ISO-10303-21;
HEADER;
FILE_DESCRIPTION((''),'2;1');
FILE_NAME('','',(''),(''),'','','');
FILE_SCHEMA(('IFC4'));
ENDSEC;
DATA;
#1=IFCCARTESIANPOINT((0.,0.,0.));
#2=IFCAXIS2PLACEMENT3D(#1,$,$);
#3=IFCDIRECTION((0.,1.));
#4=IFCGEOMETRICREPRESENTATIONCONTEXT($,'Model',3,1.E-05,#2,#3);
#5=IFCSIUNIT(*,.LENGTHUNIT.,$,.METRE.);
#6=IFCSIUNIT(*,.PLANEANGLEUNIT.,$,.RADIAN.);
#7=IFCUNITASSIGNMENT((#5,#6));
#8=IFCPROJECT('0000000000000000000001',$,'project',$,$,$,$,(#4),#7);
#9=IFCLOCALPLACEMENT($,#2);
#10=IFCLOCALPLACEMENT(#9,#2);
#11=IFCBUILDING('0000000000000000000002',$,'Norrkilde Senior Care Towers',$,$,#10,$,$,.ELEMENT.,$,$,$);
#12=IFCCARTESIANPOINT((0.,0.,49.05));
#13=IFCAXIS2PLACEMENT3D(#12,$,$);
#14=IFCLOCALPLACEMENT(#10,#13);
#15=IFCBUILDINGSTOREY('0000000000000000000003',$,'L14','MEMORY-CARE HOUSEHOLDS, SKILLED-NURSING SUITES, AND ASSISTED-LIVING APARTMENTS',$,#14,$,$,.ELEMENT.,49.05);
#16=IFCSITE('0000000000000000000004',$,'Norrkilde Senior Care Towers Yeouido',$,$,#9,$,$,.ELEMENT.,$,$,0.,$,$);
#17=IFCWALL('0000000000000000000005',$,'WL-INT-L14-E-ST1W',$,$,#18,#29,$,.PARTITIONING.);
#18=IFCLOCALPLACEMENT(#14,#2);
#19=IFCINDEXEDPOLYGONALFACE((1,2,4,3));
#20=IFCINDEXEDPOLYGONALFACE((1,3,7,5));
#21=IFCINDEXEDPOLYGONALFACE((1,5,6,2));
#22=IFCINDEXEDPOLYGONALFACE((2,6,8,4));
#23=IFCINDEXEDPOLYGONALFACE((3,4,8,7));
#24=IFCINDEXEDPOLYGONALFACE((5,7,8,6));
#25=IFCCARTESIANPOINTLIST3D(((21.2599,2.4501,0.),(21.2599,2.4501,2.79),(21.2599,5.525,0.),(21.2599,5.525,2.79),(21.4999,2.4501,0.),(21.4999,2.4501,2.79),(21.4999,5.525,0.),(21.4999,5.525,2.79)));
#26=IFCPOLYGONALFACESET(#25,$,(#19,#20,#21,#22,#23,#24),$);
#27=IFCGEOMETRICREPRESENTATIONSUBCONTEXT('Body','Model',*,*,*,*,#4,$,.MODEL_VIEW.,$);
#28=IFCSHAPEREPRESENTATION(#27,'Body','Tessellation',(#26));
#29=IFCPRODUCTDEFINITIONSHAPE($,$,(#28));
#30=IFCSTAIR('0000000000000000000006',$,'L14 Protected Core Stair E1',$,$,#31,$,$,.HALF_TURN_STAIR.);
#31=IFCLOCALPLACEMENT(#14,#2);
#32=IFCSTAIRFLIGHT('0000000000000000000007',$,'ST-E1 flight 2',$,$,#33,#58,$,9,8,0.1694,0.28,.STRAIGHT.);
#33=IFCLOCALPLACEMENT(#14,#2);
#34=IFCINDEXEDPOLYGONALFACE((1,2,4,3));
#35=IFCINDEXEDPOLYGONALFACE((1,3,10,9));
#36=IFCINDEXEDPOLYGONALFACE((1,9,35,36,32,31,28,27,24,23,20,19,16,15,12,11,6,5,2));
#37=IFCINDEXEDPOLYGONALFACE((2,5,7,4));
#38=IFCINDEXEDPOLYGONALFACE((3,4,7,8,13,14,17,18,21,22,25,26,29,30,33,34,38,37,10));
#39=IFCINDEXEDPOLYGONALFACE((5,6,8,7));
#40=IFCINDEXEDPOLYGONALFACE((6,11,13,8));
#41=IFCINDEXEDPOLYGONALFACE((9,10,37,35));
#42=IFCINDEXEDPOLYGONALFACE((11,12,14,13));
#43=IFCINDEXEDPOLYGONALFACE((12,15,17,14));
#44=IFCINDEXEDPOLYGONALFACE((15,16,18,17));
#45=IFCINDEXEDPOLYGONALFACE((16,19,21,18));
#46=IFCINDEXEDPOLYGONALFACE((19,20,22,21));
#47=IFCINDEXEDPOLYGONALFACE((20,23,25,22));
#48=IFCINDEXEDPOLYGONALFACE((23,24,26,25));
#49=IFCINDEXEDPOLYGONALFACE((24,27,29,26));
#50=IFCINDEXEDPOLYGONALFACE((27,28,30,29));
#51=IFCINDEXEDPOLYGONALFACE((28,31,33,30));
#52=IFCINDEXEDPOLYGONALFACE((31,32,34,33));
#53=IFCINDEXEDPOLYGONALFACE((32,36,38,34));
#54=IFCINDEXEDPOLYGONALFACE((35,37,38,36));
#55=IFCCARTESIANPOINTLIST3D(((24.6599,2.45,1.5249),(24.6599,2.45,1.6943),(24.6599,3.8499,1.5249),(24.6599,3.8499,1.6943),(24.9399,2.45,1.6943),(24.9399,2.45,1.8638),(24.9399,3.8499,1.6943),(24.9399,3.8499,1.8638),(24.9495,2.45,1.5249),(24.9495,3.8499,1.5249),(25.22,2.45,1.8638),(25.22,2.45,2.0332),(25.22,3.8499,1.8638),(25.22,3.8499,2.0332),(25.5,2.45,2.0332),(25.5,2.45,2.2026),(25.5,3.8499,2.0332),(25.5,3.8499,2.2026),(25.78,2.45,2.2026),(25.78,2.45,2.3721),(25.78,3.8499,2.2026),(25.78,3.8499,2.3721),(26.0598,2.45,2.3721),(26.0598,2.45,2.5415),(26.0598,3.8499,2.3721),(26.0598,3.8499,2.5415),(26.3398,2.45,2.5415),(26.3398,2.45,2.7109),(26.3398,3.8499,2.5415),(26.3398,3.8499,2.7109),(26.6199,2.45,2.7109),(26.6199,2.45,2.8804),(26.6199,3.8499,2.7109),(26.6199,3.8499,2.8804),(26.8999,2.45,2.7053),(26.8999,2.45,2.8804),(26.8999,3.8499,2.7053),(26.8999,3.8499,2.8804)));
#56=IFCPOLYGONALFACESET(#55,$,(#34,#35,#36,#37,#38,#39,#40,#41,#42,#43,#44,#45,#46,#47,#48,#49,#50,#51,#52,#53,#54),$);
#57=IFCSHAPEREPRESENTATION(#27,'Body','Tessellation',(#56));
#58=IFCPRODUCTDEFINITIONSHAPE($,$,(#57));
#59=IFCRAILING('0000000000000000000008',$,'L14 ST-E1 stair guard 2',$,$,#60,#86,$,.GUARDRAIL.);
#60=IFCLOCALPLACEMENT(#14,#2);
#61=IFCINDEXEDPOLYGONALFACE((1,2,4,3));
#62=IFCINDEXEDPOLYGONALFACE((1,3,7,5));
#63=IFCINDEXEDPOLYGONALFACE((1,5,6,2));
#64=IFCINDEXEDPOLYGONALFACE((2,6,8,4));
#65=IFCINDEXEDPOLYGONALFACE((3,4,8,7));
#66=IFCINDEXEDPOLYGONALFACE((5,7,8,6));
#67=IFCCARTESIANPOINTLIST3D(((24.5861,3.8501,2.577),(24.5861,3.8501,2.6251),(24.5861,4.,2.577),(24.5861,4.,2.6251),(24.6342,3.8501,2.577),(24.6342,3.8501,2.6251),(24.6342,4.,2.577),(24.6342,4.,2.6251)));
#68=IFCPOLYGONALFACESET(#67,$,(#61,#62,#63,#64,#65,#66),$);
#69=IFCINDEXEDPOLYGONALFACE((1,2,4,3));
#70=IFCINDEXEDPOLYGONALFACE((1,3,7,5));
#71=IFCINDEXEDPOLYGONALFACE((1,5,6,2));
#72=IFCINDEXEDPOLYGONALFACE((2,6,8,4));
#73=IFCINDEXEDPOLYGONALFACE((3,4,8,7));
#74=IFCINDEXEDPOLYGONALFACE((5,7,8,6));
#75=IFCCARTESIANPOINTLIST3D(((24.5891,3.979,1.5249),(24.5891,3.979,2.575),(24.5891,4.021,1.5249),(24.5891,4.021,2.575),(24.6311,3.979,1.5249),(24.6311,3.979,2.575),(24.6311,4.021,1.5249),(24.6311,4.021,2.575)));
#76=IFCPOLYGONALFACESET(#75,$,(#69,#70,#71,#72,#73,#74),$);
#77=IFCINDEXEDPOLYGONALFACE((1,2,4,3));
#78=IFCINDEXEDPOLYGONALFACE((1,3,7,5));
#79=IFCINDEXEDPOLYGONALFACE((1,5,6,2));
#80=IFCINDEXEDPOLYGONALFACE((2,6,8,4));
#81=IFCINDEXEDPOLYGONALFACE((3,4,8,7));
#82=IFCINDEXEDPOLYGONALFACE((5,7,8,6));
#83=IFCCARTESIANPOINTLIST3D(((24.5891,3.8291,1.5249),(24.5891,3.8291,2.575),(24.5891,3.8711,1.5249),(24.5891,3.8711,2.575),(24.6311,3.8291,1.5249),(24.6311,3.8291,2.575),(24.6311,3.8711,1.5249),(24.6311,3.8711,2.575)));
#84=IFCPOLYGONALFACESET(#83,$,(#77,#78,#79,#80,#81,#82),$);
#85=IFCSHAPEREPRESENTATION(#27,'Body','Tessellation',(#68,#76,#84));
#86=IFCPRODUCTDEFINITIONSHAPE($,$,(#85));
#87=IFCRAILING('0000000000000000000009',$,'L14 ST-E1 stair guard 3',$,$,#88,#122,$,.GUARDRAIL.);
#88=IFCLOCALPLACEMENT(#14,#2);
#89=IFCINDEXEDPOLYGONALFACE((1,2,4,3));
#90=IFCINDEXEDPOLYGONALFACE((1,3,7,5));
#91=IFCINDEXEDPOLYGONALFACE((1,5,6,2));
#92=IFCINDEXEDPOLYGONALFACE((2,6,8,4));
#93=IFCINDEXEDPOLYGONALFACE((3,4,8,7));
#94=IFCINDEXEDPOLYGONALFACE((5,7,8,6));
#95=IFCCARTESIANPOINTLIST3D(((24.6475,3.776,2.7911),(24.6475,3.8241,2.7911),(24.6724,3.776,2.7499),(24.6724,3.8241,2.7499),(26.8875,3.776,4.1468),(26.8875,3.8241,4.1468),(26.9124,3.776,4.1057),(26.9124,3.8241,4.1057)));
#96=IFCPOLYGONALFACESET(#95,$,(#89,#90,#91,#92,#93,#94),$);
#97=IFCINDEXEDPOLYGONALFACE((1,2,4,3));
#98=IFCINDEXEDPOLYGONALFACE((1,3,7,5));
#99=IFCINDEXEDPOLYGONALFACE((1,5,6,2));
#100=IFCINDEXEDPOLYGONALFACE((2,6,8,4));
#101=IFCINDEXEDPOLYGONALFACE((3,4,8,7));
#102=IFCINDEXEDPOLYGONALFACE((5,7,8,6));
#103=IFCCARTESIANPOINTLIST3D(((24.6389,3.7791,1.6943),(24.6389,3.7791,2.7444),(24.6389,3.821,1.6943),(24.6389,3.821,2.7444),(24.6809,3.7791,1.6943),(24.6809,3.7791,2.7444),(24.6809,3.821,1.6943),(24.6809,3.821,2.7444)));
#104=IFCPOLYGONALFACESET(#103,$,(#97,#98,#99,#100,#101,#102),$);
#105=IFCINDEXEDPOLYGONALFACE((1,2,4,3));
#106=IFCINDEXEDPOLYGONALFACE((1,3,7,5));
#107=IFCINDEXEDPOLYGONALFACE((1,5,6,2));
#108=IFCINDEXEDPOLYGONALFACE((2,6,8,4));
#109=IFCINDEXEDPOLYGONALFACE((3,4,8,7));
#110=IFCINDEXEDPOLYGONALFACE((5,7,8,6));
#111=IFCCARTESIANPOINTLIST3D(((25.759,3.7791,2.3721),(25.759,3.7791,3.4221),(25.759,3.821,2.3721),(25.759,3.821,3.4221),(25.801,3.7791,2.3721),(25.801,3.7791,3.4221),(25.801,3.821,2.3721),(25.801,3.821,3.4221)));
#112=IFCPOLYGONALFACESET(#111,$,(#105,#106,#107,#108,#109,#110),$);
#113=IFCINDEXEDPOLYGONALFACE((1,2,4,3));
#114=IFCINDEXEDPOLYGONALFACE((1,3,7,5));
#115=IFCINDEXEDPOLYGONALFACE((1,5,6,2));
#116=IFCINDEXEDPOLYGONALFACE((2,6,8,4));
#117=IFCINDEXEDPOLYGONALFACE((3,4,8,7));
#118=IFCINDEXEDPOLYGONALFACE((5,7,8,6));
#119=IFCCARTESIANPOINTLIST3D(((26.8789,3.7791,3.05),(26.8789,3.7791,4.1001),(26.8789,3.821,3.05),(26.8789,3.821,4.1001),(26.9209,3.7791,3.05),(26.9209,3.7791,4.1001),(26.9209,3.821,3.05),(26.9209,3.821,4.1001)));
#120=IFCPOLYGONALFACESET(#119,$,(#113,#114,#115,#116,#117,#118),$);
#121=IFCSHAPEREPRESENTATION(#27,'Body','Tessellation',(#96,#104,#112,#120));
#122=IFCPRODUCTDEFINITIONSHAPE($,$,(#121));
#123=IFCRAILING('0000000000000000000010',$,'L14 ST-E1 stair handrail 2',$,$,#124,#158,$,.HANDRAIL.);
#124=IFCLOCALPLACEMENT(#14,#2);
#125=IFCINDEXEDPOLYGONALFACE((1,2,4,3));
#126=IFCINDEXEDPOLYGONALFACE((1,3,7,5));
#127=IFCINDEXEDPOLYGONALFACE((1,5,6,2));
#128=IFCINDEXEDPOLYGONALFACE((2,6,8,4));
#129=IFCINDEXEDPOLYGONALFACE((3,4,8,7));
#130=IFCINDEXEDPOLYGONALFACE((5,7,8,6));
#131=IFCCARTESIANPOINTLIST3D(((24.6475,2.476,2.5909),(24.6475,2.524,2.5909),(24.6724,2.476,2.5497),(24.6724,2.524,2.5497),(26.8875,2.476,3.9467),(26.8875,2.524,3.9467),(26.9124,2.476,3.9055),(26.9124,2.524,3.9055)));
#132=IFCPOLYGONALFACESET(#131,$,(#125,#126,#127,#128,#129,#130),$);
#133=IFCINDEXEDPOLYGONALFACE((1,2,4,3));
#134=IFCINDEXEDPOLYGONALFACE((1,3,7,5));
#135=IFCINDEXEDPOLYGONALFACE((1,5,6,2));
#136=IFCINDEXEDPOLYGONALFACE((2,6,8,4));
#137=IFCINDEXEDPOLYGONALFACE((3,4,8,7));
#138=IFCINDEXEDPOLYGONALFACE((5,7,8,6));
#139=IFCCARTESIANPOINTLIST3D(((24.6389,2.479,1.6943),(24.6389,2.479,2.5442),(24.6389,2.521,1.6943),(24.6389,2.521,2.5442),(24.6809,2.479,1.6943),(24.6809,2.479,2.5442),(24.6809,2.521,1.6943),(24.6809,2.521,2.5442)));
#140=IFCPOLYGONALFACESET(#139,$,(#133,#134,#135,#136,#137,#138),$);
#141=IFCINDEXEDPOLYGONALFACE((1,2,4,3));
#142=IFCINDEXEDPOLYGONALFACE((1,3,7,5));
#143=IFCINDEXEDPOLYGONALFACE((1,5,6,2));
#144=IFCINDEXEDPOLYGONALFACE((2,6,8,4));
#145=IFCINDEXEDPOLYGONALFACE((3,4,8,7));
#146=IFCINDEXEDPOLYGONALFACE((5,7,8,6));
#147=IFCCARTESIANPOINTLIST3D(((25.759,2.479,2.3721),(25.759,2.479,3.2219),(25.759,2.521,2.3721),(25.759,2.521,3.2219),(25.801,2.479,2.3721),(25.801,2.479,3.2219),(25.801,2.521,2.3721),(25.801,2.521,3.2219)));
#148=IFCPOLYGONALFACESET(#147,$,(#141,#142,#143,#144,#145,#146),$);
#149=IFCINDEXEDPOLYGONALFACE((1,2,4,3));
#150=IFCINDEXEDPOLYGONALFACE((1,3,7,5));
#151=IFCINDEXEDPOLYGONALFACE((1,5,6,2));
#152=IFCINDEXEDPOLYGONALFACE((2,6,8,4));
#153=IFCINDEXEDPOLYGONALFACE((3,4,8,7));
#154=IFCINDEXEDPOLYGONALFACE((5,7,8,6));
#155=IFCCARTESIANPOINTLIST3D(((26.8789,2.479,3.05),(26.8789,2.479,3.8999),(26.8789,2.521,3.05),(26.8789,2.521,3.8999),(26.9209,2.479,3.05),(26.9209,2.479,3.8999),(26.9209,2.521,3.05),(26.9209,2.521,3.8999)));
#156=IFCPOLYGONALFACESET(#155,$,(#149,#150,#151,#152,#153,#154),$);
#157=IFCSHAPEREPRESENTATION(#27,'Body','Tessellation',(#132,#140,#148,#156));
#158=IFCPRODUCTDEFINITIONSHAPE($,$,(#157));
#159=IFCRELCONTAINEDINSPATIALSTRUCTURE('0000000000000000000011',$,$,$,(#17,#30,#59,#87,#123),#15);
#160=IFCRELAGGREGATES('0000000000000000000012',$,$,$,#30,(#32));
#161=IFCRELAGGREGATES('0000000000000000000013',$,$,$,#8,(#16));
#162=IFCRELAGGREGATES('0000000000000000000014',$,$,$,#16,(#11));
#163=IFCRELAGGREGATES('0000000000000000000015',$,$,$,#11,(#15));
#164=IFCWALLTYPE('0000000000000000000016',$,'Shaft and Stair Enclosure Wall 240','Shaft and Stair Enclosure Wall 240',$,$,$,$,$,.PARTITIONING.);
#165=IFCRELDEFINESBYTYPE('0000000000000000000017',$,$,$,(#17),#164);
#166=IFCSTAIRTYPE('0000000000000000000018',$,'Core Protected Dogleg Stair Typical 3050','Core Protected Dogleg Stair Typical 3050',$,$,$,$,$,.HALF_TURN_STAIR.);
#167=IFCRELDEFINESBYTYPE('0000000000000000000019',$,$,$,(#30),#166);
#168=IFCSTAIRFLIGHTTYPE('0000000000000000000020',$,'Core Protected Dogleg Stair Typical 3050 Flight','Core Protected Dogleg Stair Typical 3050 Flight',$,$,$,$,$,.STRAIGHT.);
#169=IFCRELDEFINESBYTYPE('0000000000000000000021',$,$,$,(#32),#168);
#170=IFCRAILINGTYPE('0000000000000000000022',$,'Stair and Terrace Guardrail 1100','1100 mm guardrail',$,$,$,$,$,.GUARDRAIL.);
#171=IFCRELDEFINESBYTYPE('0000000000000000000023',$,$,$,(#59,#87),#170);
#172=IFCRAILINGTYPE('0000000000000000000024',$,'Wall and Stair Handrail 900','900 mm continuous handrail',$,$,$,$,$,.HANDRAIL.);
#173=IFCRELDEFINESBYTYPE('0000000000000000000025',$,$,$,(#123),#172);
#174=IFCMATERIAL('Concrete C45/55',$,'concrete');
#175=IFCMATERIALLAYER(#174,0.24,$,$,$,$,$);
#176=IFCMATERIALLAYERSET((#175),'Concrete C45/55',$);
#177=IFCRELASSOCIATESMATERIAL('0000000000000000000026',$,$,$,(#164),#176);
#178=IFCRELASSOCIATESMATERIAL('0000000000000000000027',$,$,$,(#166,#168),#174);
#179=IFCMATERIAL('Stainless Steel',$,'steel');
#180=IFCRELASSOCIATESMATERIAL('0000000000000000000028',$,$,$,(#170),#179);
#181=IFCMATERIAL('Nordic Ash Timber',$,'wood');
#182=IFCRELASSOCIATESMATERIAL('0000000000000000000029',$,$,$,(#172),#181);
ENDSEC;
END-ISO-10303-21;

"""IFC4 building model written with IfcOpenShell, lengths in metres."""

from ifc_helpers import new_model, si_unit, direction, frame, frame_2d, origin, origin_2d, place, context, subcontext, project, spatial, polyline, rectangle, outline, extrude, source, transform, mapped, material, layer, layer_set, type_object, element, aggregate, save


model = new_model("IFC4")

# Units and contexts
model_context = context("Model", 3, precision=1e-05, world=origin(), true_north=direction((0.0, 1.0)))
body_context = subcontext(model_context, "Body", "Model", "MODEL_VIEW")
ifc_project = project(units=[si_unit("LENGTHUNIT", "METRE"), si_unit("PLANEANGLEUNIT", "RADIAN")], contexts=[model_context])

# Site, building, storey
site_placement = place(None, origin())
site = spatial("IfcSite", under=ifc_project, at=site_placement, Name="Norrkilde Senior Care Towers Yeouido", CompositionType="ELEMENT", RefElevation=0.0)
building_placement = place(site_placement, origin())
building = spatial("IfcBuilding", under=site, at=building_placement, Name="Norrkilde Senior Care Towers", CompositionType="ELEMENT")
storey_placement = place(building_placement, frame((0.0, 0.0, 49.05)))
storey = spatial("IfcBuildingStorey", under=building, at=storey_placement, Name="L14", Description="MEMORY-CARE HOUSEHOLDS, SKILLED-NURSING SUITES, AND ASSISTED-LIVING APARTMENTS", CompositionType="ELEMENT", Elevation=49.05)

# Shared definitions
ifc_material_1 = material(Name="Concrete C45/55", Category="concrete")
ifc_material_2 = material(Name="Stainless Steel", Category="steel")

# Wall
ifc_layer_1 = layer(ifc_material_1, 0.24)
ifc_layer_set_1 = layer_set([ifc_layer_1], Name="Concrete C45/55")
wall_type_1 = type_object("IfcWallType", Name="Shaft and Stair Enclosure Wall 240", Description="Shaft and Stair Enclosure Wall 240", PredefinedType="PARTITIONING", material=ifc_layer_set_1)
shared_shape_1 = source(origin(), body_context, "Body", "SweptSolid", [
    extrude(rectangle(XDim=3.075, YDim=0.24, at=frame_2d((1.5376, 0.0))), origin(), (0.0, 0.0, 1.0), 2.79),
])
wall_1_placement = place(storey_placement, frame((21.3799, 2.45, 0.0), z_axis=(0.0, 0.0, 1.0), x_axis=(0.0, 1.0, 0.0)))
element("IfcWall", 1, at=wall_1_placement, inside=storey, type_object=wall_type_1, Name="WL-INT-L14-E-ST1W", PredefinedType="PARTITIONING", context=body_context, shape_type="MappedRepresentation", body=[
    mapped(shared_shape_1, transform((0.0, 0.0, 0.0), x_axis=(1.0, 0.0, 0.0), y_axis=(0.0, 1.0, 0.0), z_axis=(0.0, 0.0, 1.0), scale=1.0)),
])

# Stair, stair flight
stair_type = type_object("IfcStairType", Name="Core Protected Dogleg Stair Typical 3050", Description="Core Protected Dogleg Stair Typical 3050", PredefinedType="HALF_TURN_STAIR", material=ifc_material_1)
stair_placement = place(storey_placement, origin())
stair = element("IfcStair", 2, at=stair_placement, inside=storey, type_object=stair_type, Name="L14 Protected Core Stair E1", PredefinedType="HALF_TURN_STAIR")
stair_flight_type = type_object("IfcStairFlightType", Name="Core Protected Dogleg Stair Typical 3050 Flight", Description="Core Protected Dogleg Stair Typical 3050 Flight", PredefinedType="STRAIGHT", material=ifc_material_1)
stair_flight_placement = place(storey_placement, frame((24.6599, 3.1499, 1.5249), z_axis=(0.0, 0.0, 1.0), x_axis=(1.0, 0.0, 0.0)))
stair_flight = element("IfcStairFlight", 3, at=stair_flight_placement, type_object=stair_flight_type, Name="ST-E1 flight 2", NumberOfRisers=9, NumberOfTreads=8, PredefinedType="STRAIGHT", RiserHeight=0.1694, TreadLength=0.28, context=body_context, shape_type="SweptSolid", body=[
    extrude(outline(polyline([(0.0, 0.0), (0.0, 0.1694), (0.28, 0.1694), (0.28, 0.3389), (0.5601, 0.3389), (0.5601, 0.5083), (0.8401, 0.5083), (0.8401, 0.6777), (1.1201, 0.6777), (1.1201, 0.8472), (1.3999, 0.8472), (1.3999, 1.0166), (1.6799, 1.0166), (1.6799, 1.186), (1.96, 1.186), (1.96, 1.3555), (2.24, 1.3555), (2.24, 1.5249), (2.24, 1.1804), (0.2896, 0.0), (0.0, 0.0)])), frame((0.0, 0.7, 0.0), z_axis=(0.0, -1.0, 0.0), x_axis=(1.0, 0.0, 0.0)), (0.0, 0.0, 1.0), 1.3999),
])
aggregate(stair, [stair_flight])

# Railings
railing_type_1 = type_object("IfcRailingType", Name="Stair and Terrace Guardrail 1100", Description="1100 mm guardrail", PredefinedType="GUARDRAIL", material=ifc_material_2)
railing_1_placement = place(storey_placement, frame((24.6101, 4.0, 1.5249)))
element("IfcRailing", 4, at=railing_1_placement, inside=storey, type_object=railing_type_1, Name="L14 ST-E1 stair guard 2", PredefinedType="GUARDRAIL", context=body_context, shape_type="SweptSolid", body=[
    extrude(rectangle(XDim=0.0481, YDim=0.0481, at=origin_2d()), frame((0.0, 0.0, 1.0762), z_axis=(0.0, -1.0, 0.0), x_axis=(1.0, 0.0, 0.0)), (0.0, 0.0, 1.0), 0.1499),
    extrude(rectangle(XDim=0.042, YDim=0.042, at=origin_2d()), origin(), (0.0, 0.0, 1.0), 1.05),
    extrude(rectangle(XDim=0.042, YDim=0.042, at=origin_2d()), frame((0.0, -0.1499, 0.0)), (0.0, 0.0, 1.0), 1.05),
])
railing_2_placement = place(storey_placement, frame((24.6599, 3.8, 1.6943)))
element("IfcRailing", 5, at=railing_2_placement, inside=storey, type_object=railing_type_1, Name="L14 ST-E1 stair guard 3", PredefinedType="GUARDRAIL", context=body_context, shape_type="SweptSolid", body=[
    extrude(rectangle(XDim=0.0481, YDim=0.0481, at=origin_2d()), frame((0.0, 0.0, 1.0762), z_axis=(0.855512, 0.0, 0.517783), x_axis=(0.0, 1.0, 0.0)), (0.0, 0.0, 1.0), 2.6184),
    extrude(rectangle(XDim=0.042, YDim=0.042, at=origin_2d()), origin(), (0.0, 0.0, 1.0), 1.05),
    extrude(rectangle(XDim=0.042, YDim=0.042, at=origin_2d()), frame((1.1201, 0.0, 0.6777)), (0.0, 0.0, 1.0), 1.05),
    extrude(rectangle(XDim=0.042, YDim=0.042, at=origin_2d()), frame((2.24, 0.0, 1.3557)), (0.0, 0.0, 1.0), 1.05),
])
ifc_material_3 = material(Name="Nordic Ash Timber", Category="wood")
railing_type_2 = type_object("IfcRailingType", Name="Wall and Stair Handrail 900", Description="900 mm continuous handrail", PredefinedType="HANDRAIL", material=ifc_material_3)
railing_3_placement = place(storey_placement, frame((24.6599, 2.5, 1.6943)))
element("IfcRailing", 6, at=railing_3_placement, inside=storey, type_object=railing_type_2, Name="L14 ST-E1 stair handrail 2", PredefinedType="HANDRAIL", context=body_context, shape_type="SweptSolid", body=[
    extrude(rectangle(XDim=0.0481, YDim=0.0481, at=origin_2d()), frame((0.0, 0.0, 0.876), z_axis=(0.855512, 0.0, 0.517783), x_axis=(0.0, 1.0, 0.0)), (0.0, 0.0, 1.0), 2.6184),
    extrude(rectangle(XDim=0.042, YDim=0.042, at=origin_2d()), origin(), (0.0, 0.0, 1.0), 0.8499),
    extrude(rectangle(XDim=0.042, YDim=0.042, at=origin_2d()), frame((1.1201, 0.0, 0.6777)), (0.0, 0.0, 1.0), 0.8499),
    extrude(rectangle(XDim=0.042, YDim=0.042, at=origin_2d()), frame((2.24, 0.0, 1.3557)), (0.0, 0.0, 1.0), 0.8499),
])

save(model, "model.ifc")
